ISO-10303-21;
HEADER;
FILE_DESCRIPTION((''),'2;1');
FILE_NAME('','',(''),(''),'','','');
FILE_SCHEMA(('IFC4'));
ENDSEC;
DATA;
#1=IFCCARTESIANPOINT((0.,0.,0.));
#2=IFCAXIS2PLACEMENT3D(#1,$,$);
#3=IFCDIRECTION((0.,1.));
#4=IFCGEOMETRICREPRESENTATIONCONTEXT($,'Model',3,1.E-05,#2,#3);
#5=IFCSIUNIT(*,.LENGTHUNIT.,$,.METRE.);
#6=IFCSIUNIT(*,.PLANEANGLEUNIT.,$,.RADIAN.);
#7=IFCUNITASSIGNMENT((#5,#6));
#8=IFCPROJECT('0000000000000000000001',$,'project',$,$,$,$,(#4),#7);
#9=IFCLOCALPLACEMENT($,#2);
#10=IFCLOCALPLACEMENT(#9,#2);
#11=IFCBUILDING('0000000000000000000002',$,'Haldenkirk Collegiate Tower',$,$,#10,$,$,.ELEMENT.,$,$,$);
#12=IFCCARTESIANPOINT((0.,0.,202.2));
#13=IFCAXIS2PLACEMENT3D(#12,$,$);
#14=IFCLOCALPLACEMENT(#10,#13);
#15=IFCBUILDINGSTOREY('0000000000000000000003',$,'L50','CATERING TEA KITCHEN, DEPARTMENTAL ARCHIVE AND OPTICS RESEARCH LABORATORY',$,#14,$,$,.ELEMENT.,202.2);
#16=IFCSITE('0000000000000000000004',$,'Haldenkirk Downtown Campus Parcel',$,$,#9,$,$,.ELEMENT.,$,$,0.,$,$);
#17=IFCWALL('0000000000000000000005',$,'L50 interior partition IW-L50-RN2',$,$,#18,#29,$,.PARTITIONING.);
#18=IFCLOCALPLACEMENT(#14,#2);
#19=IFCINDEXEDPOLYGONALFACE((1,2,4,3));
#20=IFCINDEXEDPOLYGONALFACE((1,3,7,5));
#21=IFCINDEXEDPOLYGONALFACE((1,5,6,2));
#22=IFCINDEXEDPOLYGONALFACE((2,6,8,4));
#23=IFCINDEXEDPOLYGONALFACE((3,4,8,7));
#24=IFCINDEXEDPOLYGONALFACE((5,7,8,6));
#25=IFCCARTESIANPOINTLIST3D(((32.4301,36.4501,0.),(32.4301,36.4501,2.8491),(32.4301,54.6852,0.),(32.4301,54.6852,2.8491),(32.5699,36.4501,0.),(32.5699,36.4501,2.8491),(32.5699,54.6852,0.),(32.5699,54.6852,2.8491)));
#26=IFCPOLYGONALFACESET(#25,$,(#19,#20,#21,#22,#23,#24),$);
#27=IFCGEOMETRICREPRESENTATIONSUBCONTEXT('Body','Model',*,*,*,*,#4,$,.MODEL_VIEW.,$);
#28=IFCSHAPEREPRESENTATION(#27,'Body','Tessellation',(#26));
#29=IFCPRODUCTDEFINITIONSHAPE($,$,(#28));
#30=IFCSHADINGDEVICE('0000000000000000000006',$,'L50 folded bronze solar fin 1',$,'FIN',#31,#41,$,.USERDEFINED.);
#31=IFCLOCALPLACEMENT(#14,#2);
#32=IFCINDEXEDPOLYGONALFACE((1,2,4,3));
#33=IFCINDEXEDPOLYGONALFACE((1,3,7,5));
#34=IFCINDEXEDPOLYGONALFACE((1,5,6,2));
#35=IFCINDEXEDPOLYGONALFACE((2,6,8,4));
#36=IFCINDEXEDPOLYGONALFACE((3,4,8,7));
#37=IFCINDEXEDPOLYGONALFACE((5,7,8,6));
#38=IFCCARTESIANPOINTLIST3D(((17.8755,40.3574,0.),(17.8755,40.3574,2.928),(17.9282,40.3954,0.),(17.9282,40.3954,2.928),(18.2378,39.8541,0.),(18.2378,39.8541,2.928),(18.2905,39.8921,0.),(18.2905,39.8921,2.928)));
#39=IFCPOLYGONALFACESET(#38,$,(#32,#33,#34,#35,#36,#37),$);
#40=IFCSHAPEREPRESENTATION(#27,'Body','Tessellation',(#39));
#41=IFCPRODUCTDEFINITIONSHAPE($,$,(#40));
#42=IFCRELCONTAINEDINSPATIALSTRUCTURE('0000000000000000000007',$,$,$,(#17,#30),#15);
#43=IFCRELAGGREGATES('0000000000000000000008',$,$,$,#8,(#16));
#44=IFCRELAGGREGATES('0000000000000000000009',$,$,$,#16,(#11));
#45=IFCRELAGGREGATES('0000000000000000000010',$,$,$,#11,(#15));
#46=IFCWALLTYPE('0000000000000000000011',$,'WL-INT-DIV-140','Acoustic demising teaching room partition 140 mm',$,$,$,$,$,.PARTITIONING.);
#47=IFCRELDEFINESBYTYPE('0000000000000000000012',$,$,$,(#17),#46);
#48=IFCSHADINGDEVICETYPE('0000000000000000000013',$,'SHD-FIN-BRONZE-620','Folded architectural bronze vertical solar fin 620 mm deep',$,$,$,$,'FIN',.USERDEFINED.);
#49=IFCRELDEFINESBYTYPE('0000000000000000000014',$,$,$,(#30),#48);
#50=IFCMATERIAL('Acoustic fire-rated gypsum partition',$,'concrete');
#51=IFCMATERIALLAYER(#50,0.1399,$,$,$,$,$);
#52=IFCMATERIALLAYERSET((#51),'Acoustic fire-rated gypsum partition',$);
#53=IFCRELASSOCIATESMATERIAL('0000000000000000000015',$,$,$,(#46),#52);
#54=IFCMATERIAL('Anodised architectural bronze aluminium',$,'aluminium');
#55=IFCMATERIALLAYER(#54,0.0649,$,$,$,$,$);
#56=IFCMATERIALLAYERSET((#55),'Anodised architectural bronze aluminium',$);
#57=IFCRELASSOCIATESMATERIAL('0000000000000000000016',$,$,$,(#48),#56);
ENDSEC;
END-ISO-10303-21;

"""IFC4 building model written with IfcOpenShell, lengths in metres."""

from ifc_helpers import new_model, si_unit, direction, frame, frame_2d, origin, origin_2d, place, context, subcontext, project, spatial, rectangle, extrude, source, transform, mapped, material, layer, layer_set, type_object, element, save


model = new_model("IFC4")

# Units and contexts
model_context = context("Model", 3, precision=1e-05, world=origin(), true_north=direction((0.0, 1.0)))
body_context = subcontext(model_context, "Body", "Model", "MODEL_VIEW")
ifc_project = project(units=[si_unit("LENGTHUNIT", "METRE"), si_unit("PLANEANGLEUNIT", "RADIAN")], contexts=[model_context])

# Site, building, storey
site_placement = place(None, origin())
site = spatial("IfcSite", under=ifc_project, at=site_placement, Name="Haldenkirk Downtown Campus Parcel", CompositionType="ELEMENT", RefElevation=0.0)
building_placement = place(site_placement, origin())
building = spatial("IfcBuilding", under=site, at=building_placement, Name="Haldenkirk Collegiate Tower", CompositionType="ELEMENT")
storey_placement = place(building_placement, frame((0.0, 0.0, 202.2)))
storey = spatial("IfcBuildingStorey", under=building, at=storey_placement, Name="L50", Description="CATERING TEA KITCHEN, DEPARTMENTAL ARCHIVE AND OPTICS RESEARCH LABORATORY", CompositionType="ELEMENT", Elevation=202.2)

# Shared definitions
ifc_material_1 = material(Name="Anodised architectural bronze aluminium", Category="aluminium")

# Shared definitions
ifc_material_2 = material(Name="Acoustic fire-rated gypsum partition", Category="concrete")

# Wall
ifc_layer_1 = layer(ifc_material_2, 0.1399)
ifc_layer_set_1 = layer_set([ifc_layer_1], Name="Acoustic fire-rated gypsum partition")
wall_type_1 = type_object("IfcWallType", Name="WL-INT-DIV-140", Description="Acoustic demising teaching room partition 140 mm", PredefinedType="PARTITIONING", material=ifc_layer_set_1)
wall_1_placement = place(storey_placement, frame((32.5, 36.45, 0.0), z_axis=(0.0, 0.0, 1.0), x_axis=(0.0, 1.0, 0.0)))
element("IfcWall", 1, at=wall_1_placement, inside=storey, type_object=wall_type_1, Name="L50 interior partition IW-L50-RN2", PredefinedType="PARTITIONING", context=body_context, shape_type="SweptSolid", body=[
    extrude(rectangle(XDim=18.2351, YDim=0.1399, at=frame_2d((9.1177, 0.0))), origin(), (0.0, 0.0, 1.0), 2.8491),
])

# Shading device
ifc_layer_2 = layer(ifc_material_1, 0.0649)
ifc_layer_set_2 = layer_set([ifc_layer_2], Name="Anodised architectural bronze aluminium")
shading_device_type = type_object("IfcShadingDeviceType", Name="SHD-FIN-BRONZE-620", Description="Folded architectural bronze vertical solar fin 620 mm deep", ElementType="FIN", PredefinedType="USERDEFINED", material=ifc_layer_set_2)
shared_shape_1 = source(origin(), body_context, "Body", "SweptSolid", [
    extrude(rectangle(XDim=0.6201, YDim=0.0649, at=origin_2d()), origin(), (0.0, 0.0, 1.0), 2.928),
])
shading_device_placement = place(storey_placement, frame((18.083, 40.1248, 0.0), z_axis=(0.0, 0.0, 1.0), x_axis=(-0.58425, 0.811574, 0.0)))
element("IfcShadingDevice", 2, at=shading_device_placement, inside=storey, type_object=shading_device_type, Name="L50 folded bronze solar fin 1", ObjectType="FIN", PredefinedType="USERDEFINED", context=body_context, shape_type="MappedRepresentation", body=[
    mapped(shared_shape_1, transform((0.0, 0.0, 0.0), x_axis=(1.0, 0.0, 0.0), y_axis=(0.0, 1.0, 0.0), z_axis=(0.0, 0.0, 1.0), scale=1.0)),
])

save(model, "model.ifc")
